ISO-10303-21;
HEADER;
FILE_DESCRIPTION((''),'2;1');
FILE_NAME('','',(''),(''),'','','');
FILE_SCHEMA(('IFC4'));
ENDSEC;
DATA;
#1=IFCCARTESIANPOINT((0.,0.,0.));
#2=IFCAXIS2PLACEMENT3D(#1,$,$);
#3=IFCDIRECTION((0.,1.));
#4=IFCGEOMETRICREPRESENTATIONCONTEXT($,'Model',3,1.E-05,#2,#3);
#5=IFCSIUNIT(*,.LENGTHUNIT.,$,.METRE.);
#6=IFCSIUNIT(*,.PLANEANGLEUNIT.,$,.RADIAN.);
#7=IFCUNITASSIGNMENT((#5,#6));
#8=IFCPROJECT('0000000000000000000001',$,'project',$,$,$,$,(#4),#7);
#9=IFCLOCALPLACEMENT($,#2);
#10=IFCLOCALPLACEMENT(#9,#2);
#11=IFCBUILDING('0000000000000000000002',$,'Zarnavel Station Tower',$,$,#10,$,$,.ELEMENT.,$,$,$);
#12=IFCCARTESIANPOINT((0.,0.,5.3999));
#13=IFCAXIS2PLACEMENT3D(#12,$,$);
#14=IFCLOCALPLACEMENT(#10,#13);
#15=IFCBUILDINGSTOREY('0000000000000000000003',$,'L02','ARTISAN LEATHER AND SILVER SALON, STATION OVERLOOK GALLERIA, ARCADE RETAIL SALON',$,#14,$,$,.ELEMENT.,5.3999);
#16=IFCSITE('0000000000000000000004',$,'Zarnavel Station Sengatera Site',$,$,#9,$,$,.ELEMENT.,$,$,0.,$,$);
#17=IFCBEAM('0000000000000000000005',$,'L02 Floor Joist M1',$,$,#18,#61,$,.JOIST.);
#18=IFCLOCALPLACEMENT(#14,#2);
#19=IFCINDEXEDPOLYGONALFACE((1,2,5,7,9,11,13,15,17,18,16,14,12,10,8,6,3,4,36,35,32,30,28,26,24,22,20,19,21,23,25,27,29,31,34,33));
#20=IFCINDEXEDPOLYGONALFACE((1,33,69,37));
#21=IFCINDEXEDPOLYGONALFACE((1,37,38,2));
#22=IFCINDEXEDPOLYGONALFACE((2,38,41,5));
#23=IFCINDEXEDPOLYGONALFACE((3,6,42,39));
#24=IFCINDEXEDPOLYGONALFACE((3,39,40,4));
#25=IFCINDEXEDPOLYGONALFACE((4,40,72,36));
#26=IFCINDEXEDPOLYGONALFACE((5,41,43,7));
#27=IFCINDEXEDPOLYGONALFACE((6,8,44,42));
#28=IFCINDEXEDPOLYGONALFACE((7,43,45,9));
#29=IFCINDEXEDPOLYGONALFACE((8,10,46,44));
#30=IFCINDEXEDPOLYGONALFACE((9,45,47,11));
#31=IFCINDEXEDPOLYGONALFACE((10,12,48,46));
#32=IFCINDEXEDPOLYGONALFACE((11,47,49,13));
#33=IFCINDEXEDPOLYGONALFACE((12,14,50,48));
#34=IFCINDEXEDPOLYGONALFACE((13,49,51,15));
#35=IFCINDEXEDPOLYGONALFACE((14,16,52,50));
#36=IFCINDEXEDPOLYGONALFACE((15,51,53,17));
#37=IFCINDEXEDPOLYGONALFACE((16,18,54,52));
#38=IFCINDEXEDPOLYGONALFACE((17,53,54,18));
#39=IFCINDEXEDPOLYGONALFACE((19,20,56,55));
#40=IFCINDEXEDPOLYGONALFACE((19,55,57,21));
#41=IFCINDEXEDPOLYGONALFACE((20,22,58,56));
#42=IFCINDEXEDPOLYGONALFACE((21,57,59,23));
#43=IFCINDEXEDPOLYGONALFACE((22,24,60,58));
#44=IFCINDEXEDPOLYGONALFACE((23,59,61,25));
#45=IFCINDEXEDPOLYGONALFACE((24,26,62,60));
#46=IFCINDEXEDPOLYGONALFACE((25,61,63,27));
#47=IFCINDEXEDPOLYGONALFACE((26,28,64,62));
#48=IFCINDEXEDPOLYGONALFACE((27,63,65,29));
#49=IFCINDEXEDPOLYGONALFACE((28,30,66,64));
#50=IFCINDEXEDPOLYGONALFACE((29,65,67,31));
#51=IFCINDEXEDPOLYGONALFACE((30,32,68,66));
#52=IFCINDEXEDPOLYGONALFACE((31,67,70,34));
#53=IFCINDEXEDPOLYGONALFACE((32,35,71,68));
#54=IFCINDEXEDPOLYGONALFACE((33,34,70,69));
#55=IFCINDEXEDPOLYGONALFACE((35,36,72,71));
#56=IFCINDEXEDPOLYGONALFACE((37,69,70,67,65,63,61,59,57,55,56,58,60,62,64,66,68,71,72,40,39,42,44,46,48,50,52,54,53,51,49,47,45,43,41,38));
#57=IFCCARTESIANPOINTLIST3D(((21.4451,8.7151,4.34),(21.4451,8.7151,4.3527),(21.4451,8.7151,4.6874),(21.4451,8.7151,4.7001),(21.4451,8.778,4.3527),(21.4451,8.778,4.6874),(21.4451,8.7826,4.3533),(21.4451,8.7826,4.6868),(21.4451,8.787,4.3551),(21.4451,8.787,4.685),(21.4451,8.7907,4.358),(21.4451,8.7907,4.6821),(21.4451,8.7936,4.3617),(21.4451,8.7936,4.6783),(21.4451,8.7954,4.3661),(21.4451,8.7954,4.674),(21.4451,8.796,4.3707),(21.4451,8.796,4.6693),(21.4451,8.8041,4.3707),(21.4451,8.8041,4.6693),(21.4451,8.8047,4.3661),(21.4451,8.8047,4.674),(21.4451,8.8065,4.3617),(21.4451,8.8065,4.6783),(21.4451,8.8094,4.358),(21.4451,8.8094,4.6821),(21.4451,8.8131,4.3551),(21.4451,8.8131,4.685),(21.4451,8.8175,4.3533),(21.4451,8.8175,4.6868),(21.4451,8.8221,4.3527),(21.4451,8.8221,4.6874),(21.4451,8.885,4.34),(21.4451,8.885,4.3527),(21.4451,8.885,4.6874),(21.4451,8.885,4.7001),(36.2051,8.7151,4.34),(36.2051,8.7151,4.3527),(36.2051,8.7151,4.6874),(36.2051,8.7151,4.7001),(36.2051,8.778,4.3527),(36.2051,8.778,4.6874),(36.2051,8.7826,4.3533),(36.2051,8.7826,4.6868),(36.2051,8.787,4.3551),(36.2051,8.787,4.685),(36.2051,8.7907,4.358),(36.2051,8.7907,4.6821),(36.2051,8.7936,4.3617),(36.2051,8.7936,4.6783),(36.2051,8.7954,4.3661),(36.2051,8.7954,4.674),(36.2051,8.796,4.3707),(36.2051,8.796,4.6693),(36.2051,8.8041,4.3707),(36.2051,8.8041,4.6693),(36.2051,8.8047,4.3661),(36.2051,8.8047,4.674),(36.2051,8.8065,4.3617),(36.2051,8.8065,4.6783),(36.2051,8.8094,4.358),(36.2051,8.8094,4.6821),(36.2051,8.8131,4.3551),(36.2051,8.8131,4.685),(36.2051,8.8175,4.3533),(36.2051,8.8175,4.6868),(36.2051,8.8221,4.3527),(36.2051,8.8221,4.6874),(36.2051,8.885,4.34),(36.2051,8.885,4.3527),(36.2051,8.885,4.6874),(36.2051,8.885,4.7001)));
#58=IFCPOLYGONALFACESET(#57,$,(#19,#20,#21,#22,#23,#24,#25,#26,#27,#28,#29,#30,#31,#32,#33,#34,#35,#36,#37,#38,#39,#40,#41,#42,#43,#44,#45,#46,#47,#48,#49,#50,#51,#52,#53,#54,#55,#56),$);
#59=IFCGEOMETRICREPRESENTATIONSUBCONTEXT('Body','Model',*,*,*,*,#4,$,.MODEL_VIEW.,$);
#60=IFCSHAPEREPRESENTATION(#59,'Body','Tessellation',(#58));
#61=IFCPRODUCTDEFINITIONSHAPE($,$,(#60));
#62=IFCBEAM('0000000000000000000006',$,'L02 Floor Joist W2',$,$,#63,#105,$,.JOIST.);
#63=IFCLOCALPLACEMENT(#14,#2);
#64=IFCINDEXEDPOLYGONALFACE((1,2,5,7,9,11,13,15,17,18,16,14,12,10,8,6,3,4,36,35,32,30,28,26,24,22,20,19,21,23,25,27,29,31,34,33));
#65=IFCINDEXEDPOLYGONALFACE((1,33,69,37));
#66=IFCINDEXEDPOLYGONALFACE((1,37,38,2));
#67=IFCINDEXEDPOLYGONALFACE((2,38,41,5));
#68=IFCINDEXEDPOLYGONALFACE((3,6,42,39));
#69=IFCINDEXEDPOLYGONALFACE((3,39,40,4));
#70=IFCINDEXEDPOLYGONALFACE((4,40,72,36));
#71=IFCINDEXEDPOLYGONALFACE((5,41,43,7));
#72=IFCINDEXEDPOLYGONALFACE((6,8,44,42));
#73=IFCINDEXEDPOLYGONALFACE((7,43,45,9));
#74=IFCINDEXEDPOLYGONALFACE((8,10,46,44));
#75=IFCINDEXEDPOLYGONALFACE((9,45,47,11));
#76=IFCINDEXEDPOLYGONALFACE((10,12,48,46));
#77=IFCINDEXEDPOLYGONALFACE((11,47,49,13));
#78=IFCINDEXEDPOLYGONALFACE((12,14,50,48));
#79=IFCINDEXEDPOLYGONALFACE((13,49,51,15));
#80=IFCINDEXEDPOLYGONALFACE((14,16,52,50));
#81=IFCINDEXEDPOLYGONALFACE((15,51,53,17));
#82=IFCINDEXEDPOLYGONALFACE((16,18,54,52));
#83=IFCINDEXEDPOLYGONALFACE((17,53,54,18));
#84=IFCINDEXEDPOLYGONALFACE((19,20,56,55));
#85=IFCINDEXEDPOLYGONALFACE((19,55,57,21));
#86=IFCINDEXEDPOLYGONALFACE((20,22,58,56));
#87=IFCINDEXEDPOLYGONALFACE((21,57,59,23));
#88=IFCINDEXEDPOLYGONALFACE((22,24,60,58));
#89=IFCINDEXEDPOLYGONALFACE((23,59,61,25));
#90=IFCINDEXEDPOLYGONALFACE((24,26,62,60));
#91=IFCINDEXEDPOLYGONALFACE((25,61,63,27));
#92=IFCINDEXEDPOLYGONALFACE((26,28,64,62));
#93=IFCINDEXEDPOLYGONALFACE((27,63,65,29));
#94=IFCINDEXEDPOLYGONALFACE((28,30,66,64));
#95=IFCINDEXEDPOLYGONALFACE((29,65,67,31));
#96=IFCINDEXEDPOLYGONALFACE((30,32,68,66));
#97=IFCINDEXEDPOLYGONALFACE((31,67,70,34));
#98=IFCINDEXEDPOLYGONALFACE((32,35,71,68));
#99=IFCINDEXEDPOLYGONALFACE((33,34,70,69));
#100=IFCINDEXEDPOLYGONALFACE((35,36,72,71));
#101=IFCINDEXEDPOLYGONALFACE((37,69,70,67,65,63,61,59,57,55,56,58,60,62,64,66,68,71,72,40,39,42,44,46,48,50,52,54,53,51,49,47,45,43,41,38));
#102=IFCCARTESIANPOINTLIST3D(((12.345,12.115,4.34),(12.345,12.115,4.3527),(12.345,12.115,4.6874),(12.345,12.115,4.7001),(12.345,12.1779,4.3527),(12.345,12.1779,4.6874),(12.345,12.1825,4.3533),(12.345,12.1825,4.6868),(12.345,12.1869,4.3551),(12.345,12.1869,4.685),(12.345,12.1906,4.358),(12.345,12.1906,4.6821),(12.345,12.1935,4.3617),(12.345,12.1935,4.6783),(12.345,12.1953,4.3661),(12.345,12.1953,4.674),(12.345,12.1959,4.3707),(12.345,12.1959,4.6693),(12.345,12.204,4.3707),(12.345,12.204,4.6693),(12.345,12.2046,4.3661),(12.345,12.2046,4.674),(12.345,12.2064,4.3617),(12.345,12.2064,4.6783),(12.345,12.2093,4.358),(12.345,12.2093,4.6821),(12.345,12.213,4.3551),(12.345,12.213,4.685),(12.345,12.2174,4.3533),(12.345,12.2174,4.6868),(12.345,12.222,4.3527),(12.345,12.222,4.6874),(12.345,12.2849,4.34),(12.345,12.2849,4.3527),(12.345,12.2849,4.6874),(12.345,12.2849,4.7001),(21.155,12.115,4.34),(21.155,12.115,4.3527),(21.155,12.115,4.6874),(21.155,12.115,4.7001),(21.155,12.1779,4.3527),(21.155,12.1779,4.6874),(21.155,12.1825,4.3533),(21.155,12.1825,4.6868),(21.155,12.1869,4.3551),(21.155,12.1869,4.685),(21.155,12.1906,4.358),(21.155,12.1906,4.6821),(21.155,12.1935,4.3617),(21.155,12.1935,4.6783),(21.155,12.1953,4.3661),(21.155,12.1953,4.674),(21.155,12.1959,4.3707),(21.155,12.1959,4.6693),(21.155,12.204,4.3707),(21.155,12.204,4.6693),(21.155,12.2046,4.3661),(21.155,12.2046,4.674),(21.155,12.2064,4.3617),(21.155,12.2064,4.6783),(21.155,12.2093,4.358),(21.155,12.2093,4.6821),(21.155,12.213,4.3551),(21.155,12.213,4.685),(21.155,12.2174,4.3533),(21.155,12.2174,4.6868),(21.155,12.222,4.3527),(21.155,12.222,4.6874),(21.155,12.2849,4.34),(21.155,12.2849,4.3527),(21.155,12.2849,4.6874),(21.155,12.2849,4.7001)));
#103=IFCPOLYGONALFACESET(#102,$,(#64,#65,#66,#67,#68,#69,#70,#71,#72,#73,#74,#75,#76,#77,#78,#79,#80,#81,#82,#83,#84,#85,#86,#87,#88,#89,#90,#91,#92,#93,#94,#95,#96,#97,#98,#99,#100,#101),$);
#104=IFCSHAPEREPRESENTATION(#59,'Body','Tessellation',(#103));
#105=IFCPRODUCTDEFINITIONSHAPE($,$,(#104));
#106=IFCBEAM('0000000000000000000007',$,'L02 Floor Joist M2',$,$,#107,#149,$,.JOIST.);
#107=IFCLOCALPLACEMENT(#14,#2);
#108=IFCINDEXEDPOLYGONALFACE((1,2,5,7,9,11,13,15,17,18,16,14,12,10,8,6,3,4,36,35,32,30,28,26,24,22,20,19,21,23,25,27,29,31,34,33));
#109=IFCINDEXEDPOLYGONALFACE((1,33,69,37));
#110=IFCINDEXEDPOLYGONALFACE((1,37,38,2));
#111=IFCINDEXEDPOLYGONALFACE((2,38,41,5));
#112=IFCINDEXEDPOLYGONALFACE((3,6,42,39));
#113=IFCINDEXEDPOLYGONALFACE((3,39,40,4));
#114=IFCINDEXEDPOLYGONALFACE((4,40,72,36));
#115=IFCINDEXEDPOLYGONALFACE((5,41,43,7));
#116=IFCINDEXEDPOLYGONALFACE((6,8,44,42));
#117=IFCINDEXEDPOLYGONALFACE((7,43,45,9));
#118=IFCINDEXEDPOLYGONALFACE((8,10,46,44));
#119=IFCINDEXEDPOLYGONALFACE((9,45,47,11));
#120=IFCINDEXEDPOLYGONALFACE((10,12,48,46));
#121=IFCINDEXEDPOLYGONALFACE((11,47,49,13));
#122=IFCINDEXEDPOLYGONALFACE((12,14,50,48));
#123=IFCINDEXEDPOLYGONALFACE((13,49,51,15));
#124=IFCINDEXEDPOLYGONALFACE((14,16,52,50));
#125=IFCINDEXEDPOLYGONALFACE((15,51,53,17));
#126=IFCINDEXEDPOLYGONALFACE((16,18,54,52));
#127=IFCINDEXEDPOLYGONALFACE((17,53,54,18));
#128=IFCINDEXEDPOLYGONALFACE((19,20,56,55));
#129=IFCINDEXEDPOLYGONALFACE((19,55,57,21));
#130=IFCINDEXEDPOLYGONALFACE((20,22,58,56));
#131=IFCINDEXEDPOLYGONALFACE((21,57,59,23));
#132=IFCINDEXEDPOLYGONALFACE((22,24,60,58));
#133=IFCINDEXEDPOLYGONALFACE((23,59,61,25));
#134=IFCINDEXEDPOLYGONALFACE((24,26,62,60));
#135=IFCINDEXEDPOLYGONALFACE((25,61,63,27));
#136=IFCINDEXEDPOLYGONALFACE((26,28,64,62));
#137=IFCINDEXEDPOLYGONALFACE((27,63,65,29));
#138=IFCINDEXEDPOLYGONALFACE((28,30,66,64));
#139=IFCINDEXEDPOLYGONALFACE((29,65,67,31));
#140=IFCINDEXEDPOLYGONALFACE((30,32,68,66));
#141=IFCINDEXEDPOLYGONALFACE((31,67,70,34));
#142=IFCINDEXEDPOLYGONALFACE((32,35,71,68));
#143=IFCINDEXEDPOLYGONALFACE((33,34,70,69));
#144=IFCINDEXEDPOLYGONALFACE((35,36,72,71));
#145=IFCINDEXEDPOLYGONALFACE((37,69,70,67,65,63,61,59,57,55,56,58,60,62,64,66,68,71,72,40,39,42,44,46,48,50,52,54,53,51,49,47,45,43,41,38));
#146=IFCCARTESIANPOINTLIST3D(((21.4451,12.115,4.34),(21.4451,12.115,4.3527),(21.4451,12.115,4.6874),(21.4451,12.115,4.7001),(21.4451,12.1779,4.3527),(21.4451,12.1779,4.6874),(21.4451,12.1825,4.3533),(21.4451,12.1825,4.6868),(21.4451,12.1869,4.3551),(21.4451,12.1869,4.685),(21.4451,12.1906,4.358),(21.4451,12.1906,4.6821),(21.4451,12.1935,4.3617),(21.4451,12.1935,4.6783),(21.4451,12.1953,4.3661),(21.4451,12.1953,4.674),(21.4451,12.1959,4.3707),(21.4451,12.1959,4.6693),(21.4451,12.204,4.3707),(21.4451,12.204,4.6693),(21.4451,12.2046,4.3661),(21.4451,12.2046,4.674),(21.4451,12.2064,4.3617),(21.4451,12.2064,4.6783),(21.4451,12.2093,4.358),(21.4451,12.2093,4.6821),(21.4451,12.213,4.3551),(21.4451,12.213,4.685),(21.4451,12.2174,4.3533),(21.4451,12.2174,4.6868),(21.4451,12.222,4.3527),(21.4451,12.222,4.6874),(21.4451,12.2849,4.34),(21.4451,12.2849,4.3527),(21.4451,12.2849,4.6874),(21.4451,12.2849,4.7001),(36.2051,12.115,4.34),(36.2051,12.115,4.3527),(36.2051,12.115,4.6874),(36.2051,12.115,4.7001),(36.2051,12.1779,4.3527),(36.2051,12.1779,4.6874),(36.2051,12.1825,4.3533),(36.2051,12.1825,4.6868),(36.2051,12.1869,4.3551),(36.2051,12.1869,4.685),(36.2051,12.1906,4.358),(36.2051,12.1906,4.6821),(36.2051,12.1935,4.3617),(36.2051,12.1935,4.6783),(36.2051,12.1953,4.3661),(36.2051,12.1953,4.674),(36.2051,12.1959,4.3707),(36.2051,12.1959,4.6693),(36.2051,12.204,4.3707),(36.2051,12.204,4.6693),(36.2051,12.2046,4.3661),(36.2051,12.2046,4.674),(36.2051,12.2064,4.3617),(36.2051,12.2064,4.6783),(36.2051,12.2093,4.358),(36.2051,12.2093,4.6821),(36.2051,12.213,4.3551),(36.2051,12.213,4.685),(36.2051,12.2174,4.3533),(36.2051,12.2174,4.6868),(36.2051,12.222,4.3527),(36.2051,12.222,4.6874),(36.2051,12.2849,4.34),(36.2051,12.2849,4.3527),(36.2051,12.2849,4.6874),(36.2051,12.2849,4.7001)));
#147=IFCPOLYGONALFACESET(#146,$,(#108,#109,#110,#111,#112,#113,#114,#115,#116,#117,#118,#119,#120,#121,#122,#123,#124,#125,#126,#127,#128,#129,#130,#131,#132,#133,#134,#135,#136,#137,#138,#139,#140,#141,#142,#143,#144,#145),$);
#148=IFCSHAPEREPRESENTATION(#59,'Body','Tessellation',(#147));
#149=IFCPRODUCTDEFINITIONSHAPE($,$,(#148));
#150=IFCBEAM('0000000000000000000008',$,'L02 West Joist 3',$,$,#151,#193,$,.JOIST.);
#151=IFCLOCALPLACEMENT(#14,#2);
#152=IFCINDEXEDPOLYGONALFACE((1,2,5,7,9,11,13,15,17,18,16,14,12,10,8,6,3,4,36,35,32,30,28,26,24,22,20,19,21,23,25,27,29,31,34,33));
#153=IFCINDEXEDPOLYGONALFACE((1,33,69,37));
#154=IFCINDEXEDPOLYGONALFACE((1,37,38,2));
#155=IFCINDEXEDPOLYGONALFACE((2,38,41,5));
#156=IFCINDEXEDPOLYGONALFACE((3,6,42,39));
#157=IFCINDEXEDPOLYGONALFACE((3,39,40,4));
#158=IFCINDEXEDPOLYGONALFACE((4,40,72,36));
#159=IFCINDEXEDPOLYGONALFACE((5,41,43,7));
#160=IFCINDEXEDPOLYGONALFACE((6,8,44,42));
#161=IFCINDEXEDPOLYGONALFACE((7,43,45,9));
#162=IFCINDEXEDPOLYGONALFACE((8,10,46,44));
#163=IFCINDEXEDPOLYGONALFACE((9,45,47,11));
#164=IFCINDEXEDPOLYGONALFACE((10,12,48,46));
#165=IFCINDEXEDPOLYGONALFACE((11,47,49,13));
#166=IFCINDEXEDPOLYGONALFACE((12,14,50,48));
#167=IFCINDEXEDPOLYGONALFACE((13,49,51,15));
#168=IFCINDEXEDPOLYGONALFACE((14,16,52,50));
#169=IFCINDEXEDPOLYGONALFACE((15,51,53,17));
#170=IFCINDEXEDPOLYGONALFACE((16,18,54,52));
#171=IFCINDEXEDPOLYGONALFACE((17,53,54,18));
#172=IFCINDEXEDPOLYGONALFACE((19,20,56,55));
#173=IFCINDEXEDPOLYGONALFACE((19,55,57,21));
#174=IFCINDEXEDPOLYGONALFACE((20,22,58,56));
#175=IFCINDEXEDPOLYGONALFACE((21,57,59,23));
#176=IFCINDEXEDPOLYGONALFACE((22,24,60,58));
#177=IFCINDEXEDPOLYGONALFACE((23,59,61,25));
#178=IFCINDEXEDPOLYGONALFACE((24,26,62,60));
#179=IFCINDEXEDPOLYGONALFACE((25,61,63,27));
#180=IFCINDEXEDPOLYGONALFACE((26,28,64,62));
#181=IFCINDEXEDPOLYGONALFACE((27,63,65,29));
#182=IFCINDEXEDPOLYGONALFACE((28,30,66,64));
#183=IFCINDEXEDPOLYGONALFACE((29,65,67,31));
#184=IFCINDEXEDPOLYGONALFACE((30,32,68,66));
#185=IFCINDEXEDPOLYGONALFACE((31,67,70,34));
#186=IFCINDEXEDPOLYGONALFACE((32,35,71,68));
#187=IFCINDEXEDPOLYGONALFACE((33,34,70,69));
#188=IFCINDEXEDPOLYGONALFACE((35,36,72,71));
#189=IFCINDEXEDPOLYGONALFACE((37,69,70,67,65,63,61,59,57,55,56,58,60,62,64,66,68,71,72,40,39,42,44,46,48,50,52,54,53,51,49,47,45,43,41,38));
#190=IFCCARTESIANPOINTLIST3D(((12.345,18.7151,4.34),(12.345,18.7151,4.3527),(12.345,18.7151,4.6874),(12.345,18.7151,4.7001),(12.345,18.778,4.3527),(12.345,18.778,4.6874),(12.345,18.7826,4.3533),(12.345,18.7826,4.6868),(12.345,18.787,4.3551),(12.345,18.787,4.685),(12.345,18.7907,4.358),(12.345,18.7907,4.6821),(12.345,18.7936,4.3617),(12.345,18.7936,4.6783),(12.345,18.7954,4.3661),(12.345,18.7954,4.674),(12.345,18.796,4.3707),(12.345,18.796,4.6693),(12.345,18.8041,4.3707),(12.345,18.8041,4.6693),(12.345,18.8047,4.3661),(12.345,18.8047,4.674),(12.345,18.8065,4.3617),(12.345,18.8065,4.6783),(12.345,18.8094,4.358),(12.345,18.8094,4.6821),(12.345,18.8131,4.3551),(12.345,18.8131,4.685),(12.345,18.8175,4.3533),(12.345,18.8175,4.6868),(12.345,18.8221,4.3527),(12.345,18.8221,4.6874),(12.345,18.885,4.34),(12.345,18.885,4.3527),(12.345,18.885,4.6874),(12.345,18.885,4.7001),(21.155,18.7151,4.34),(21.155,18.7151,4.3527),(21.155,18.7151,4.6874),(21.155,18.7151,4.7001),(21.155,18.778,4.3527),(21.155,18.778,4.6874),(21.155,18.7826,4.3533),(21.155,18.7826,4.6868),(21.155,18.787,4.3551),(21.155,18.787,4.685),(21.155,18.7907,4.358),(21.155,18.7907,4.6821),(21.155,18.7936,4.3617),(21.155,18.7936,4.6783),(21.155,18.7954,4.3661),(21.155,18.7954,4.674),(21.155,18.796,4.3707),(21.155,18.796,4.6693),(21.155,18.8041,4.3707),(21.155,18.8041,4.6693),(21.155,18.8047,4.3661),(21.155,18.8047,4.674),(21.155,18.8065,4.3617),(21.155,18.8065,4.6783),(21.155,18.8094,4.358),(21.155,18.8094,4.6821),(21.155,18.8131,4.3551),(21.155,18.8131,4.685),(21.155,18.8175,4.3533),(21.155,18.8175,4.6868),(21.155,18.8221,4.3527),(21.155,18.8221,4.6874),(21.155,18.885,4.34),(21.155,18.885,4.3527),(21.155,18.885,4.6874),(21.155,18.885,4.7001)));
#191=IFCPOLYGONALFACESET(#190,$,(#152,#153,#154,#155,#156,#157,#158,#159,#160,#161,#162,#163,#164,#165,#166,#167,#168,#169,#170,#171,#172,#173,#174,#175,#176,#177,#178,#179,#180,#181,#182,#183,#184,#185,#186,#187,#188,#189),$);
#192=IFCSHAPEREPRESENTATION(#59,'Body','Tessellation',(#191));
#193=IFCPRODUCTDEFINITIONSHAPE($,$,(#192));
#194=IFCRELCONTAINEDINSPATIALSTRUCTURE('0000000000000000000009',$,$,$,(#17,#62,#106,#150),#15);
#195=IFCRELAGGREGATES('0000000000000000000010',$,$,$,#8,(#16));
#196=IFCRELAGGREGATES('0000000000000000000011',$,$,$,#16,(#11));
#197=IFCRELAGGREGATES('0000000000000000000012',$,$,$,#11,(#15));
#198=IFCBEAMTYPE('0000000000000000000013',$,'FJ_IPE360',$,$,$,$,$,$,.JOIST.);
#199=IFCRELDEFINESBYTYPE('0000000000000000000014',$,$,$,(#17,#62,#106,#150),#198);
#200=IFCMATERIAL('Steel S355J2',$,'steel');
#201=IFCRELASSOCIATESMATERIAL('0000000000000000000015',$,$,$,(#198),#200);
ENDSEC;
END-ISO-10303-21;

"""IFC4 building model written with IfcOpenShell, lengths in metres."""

from ifc_helpers import new_model, si_unit, direction, frame, origin, origin_2d, place, context, subcontext, project, spatial, i_section, extrude, material, material_profile, profile_set, type_object, element, save


model = new_model("IFC4")

# Units and contexts
model_context = context("Model", 3, precision=1e-05, world=origin(), true_north=direction((0.0, 1.0)))
body_context = subcontext(model_context, "Body", "Model", "MODEL_VIEW")
ifc_project = project(units=[si_unit("LENGTHUNIT", "METRE"), si_unit("PLANEANGLEUNIT", "RADIAN")], contexts=[model_context])

# Site, building, storey
site_placement = place(None, origin())
site = spatial("IfcSite", under=ifc_project, at=site_placement, Name="Zarnavel Station Sengatera Site", CompositionType="ELEMENT", RefElevation=0.0)
building_placement = place(site_placement, origin())
building = spatial("IfcBuilding", under=site, at=building_placement, Name="Zarnavel Station Tower", CompositionType="ELEMENT")
storey_placement = place(building_placement, frame((0.0, 0.0, 5.3999)))
storey = spatial("IfcBuildingStorey", under=building, at=storey_placement, Name="L02", Description="ARTISAN LEATHER AND SILVER SALON, STATION OVERLOOK GALLERIA, ARCADE RETAIL SALON", CompositionType="ELEMENT", Elevation=5.3999)

# Beams
ifc_material_1 = material(Name="Steel S355J2", Category="steel")
ifc_material_profile_1 = material_profile(ifc_material_1, i_section(OverallWidth=0.1699, OverallDepth=0.3601, WebThickness=0.0081, FlangeThickness=0.0127, FilletRadius=0.0181, at=origin_2d()), Name="IPE360")
ifc_profile_set_1 = profile_set([ifc_material_profile_1], Name="Steel S355J2")
beam_type_1 = type_object("IfcBeamType", Name="FJ_IPE360", PredefinedType="JOIST", material=ifc_profile_set_1)
beam_1_placement = place(storey_placement, frame((21.4451, 8.8, 4.52), z_axis=(1.0, 0.0, 0.0), x_axis=(0.0, 1.0, 0.0)))
element("IfcBeam", 1, at=beam_1_placement, inside=storey, type_object=beam_type_1, Name="L02 Floor Joist M1", PredefinedType="JOIST", context=body_context, shape_type="SweptSolid", body=[
    extrude(i_section(OverallWidth=0.1699, OverallDepth=0.3601, WebThickness=0.0081, FlangeThickness=0.0127, FilletRadius=0.0181, at=origin_2d()), origin(), (0.0, 0.0, 1.0), 14.76),
])
beam_2_placement = place(storey_placement, frame((12.345, 12.2, 4.52), z_axis=(1.0, 0.0, 0.0), x_axis=(0.0, 1.0, 0.0)))
element("IfcBeam", 2, at=beam_2_placement, inside=storey, type_object=beam_type_1, Name="L02 Floor Joist W2", PredefinedType="JOIST", context=body_context, shape_type="SweptSolid", body=[
    extrude(i_section(OverallWidth=0.1699, OverallDepth=0.3601, WebThickness=0.0081, FlangeThickness=0.0127, FilletRadius=0.0181, at=origin_2d()), origin(), (0.0, 0.0, 1.0), 8.8101),
])
beam_3_placement = place(storey_placement, frame((21.4451, 12.2, 4.52), z_axis=(1.0, 0.0, 0.0), x_axis=(0.0, 1.0, 0.0)))
element("IfcBeam", 3, at=beam_3_placement, inside=storey, type_object=beam_type_1, Name="L02 Floor Joist M2", PredefinedType="JOIST", context=body_context, shape_type="SweptSolid", body=[
    extrude(i_section(OverallWidth=0.1699, OverallDepth=0.3601, WebThickness=0.0081, FlangeThickness=0.0127, FilletRadius=0.0181, at=origin_2d()), origin(), (0.0, 0.0, 1.0), 14.76),
])
for number, where, z_axis, x_axis, name in (
    (4, (12.345, 18.8, 4.52), (1.0, 0.0, 0.0), (0.0, 1.0, 0.0), "L02 West Joist 3"),
):
    element("IfcBeam", number, at=place(storey_placement, frame(where, z_axis=z_axis, x_axis=x_axis)), inside=storey, type_object=beam_type_1, Name=name, PredefinedType="JOIST", context=body_context, shape_type="SweptSolid", body=[
        extrude(i_section(OverallWidth=0.1699, OverallDepth=0.3601, WebThickness=0.0081, FlangeThickness=0.0127, FilletRadius=0.0181, at=origin_2d()), origin(), (0.0, 0.0, 1.0), 8.8101),
    ])

save(model, "model.ifc")
